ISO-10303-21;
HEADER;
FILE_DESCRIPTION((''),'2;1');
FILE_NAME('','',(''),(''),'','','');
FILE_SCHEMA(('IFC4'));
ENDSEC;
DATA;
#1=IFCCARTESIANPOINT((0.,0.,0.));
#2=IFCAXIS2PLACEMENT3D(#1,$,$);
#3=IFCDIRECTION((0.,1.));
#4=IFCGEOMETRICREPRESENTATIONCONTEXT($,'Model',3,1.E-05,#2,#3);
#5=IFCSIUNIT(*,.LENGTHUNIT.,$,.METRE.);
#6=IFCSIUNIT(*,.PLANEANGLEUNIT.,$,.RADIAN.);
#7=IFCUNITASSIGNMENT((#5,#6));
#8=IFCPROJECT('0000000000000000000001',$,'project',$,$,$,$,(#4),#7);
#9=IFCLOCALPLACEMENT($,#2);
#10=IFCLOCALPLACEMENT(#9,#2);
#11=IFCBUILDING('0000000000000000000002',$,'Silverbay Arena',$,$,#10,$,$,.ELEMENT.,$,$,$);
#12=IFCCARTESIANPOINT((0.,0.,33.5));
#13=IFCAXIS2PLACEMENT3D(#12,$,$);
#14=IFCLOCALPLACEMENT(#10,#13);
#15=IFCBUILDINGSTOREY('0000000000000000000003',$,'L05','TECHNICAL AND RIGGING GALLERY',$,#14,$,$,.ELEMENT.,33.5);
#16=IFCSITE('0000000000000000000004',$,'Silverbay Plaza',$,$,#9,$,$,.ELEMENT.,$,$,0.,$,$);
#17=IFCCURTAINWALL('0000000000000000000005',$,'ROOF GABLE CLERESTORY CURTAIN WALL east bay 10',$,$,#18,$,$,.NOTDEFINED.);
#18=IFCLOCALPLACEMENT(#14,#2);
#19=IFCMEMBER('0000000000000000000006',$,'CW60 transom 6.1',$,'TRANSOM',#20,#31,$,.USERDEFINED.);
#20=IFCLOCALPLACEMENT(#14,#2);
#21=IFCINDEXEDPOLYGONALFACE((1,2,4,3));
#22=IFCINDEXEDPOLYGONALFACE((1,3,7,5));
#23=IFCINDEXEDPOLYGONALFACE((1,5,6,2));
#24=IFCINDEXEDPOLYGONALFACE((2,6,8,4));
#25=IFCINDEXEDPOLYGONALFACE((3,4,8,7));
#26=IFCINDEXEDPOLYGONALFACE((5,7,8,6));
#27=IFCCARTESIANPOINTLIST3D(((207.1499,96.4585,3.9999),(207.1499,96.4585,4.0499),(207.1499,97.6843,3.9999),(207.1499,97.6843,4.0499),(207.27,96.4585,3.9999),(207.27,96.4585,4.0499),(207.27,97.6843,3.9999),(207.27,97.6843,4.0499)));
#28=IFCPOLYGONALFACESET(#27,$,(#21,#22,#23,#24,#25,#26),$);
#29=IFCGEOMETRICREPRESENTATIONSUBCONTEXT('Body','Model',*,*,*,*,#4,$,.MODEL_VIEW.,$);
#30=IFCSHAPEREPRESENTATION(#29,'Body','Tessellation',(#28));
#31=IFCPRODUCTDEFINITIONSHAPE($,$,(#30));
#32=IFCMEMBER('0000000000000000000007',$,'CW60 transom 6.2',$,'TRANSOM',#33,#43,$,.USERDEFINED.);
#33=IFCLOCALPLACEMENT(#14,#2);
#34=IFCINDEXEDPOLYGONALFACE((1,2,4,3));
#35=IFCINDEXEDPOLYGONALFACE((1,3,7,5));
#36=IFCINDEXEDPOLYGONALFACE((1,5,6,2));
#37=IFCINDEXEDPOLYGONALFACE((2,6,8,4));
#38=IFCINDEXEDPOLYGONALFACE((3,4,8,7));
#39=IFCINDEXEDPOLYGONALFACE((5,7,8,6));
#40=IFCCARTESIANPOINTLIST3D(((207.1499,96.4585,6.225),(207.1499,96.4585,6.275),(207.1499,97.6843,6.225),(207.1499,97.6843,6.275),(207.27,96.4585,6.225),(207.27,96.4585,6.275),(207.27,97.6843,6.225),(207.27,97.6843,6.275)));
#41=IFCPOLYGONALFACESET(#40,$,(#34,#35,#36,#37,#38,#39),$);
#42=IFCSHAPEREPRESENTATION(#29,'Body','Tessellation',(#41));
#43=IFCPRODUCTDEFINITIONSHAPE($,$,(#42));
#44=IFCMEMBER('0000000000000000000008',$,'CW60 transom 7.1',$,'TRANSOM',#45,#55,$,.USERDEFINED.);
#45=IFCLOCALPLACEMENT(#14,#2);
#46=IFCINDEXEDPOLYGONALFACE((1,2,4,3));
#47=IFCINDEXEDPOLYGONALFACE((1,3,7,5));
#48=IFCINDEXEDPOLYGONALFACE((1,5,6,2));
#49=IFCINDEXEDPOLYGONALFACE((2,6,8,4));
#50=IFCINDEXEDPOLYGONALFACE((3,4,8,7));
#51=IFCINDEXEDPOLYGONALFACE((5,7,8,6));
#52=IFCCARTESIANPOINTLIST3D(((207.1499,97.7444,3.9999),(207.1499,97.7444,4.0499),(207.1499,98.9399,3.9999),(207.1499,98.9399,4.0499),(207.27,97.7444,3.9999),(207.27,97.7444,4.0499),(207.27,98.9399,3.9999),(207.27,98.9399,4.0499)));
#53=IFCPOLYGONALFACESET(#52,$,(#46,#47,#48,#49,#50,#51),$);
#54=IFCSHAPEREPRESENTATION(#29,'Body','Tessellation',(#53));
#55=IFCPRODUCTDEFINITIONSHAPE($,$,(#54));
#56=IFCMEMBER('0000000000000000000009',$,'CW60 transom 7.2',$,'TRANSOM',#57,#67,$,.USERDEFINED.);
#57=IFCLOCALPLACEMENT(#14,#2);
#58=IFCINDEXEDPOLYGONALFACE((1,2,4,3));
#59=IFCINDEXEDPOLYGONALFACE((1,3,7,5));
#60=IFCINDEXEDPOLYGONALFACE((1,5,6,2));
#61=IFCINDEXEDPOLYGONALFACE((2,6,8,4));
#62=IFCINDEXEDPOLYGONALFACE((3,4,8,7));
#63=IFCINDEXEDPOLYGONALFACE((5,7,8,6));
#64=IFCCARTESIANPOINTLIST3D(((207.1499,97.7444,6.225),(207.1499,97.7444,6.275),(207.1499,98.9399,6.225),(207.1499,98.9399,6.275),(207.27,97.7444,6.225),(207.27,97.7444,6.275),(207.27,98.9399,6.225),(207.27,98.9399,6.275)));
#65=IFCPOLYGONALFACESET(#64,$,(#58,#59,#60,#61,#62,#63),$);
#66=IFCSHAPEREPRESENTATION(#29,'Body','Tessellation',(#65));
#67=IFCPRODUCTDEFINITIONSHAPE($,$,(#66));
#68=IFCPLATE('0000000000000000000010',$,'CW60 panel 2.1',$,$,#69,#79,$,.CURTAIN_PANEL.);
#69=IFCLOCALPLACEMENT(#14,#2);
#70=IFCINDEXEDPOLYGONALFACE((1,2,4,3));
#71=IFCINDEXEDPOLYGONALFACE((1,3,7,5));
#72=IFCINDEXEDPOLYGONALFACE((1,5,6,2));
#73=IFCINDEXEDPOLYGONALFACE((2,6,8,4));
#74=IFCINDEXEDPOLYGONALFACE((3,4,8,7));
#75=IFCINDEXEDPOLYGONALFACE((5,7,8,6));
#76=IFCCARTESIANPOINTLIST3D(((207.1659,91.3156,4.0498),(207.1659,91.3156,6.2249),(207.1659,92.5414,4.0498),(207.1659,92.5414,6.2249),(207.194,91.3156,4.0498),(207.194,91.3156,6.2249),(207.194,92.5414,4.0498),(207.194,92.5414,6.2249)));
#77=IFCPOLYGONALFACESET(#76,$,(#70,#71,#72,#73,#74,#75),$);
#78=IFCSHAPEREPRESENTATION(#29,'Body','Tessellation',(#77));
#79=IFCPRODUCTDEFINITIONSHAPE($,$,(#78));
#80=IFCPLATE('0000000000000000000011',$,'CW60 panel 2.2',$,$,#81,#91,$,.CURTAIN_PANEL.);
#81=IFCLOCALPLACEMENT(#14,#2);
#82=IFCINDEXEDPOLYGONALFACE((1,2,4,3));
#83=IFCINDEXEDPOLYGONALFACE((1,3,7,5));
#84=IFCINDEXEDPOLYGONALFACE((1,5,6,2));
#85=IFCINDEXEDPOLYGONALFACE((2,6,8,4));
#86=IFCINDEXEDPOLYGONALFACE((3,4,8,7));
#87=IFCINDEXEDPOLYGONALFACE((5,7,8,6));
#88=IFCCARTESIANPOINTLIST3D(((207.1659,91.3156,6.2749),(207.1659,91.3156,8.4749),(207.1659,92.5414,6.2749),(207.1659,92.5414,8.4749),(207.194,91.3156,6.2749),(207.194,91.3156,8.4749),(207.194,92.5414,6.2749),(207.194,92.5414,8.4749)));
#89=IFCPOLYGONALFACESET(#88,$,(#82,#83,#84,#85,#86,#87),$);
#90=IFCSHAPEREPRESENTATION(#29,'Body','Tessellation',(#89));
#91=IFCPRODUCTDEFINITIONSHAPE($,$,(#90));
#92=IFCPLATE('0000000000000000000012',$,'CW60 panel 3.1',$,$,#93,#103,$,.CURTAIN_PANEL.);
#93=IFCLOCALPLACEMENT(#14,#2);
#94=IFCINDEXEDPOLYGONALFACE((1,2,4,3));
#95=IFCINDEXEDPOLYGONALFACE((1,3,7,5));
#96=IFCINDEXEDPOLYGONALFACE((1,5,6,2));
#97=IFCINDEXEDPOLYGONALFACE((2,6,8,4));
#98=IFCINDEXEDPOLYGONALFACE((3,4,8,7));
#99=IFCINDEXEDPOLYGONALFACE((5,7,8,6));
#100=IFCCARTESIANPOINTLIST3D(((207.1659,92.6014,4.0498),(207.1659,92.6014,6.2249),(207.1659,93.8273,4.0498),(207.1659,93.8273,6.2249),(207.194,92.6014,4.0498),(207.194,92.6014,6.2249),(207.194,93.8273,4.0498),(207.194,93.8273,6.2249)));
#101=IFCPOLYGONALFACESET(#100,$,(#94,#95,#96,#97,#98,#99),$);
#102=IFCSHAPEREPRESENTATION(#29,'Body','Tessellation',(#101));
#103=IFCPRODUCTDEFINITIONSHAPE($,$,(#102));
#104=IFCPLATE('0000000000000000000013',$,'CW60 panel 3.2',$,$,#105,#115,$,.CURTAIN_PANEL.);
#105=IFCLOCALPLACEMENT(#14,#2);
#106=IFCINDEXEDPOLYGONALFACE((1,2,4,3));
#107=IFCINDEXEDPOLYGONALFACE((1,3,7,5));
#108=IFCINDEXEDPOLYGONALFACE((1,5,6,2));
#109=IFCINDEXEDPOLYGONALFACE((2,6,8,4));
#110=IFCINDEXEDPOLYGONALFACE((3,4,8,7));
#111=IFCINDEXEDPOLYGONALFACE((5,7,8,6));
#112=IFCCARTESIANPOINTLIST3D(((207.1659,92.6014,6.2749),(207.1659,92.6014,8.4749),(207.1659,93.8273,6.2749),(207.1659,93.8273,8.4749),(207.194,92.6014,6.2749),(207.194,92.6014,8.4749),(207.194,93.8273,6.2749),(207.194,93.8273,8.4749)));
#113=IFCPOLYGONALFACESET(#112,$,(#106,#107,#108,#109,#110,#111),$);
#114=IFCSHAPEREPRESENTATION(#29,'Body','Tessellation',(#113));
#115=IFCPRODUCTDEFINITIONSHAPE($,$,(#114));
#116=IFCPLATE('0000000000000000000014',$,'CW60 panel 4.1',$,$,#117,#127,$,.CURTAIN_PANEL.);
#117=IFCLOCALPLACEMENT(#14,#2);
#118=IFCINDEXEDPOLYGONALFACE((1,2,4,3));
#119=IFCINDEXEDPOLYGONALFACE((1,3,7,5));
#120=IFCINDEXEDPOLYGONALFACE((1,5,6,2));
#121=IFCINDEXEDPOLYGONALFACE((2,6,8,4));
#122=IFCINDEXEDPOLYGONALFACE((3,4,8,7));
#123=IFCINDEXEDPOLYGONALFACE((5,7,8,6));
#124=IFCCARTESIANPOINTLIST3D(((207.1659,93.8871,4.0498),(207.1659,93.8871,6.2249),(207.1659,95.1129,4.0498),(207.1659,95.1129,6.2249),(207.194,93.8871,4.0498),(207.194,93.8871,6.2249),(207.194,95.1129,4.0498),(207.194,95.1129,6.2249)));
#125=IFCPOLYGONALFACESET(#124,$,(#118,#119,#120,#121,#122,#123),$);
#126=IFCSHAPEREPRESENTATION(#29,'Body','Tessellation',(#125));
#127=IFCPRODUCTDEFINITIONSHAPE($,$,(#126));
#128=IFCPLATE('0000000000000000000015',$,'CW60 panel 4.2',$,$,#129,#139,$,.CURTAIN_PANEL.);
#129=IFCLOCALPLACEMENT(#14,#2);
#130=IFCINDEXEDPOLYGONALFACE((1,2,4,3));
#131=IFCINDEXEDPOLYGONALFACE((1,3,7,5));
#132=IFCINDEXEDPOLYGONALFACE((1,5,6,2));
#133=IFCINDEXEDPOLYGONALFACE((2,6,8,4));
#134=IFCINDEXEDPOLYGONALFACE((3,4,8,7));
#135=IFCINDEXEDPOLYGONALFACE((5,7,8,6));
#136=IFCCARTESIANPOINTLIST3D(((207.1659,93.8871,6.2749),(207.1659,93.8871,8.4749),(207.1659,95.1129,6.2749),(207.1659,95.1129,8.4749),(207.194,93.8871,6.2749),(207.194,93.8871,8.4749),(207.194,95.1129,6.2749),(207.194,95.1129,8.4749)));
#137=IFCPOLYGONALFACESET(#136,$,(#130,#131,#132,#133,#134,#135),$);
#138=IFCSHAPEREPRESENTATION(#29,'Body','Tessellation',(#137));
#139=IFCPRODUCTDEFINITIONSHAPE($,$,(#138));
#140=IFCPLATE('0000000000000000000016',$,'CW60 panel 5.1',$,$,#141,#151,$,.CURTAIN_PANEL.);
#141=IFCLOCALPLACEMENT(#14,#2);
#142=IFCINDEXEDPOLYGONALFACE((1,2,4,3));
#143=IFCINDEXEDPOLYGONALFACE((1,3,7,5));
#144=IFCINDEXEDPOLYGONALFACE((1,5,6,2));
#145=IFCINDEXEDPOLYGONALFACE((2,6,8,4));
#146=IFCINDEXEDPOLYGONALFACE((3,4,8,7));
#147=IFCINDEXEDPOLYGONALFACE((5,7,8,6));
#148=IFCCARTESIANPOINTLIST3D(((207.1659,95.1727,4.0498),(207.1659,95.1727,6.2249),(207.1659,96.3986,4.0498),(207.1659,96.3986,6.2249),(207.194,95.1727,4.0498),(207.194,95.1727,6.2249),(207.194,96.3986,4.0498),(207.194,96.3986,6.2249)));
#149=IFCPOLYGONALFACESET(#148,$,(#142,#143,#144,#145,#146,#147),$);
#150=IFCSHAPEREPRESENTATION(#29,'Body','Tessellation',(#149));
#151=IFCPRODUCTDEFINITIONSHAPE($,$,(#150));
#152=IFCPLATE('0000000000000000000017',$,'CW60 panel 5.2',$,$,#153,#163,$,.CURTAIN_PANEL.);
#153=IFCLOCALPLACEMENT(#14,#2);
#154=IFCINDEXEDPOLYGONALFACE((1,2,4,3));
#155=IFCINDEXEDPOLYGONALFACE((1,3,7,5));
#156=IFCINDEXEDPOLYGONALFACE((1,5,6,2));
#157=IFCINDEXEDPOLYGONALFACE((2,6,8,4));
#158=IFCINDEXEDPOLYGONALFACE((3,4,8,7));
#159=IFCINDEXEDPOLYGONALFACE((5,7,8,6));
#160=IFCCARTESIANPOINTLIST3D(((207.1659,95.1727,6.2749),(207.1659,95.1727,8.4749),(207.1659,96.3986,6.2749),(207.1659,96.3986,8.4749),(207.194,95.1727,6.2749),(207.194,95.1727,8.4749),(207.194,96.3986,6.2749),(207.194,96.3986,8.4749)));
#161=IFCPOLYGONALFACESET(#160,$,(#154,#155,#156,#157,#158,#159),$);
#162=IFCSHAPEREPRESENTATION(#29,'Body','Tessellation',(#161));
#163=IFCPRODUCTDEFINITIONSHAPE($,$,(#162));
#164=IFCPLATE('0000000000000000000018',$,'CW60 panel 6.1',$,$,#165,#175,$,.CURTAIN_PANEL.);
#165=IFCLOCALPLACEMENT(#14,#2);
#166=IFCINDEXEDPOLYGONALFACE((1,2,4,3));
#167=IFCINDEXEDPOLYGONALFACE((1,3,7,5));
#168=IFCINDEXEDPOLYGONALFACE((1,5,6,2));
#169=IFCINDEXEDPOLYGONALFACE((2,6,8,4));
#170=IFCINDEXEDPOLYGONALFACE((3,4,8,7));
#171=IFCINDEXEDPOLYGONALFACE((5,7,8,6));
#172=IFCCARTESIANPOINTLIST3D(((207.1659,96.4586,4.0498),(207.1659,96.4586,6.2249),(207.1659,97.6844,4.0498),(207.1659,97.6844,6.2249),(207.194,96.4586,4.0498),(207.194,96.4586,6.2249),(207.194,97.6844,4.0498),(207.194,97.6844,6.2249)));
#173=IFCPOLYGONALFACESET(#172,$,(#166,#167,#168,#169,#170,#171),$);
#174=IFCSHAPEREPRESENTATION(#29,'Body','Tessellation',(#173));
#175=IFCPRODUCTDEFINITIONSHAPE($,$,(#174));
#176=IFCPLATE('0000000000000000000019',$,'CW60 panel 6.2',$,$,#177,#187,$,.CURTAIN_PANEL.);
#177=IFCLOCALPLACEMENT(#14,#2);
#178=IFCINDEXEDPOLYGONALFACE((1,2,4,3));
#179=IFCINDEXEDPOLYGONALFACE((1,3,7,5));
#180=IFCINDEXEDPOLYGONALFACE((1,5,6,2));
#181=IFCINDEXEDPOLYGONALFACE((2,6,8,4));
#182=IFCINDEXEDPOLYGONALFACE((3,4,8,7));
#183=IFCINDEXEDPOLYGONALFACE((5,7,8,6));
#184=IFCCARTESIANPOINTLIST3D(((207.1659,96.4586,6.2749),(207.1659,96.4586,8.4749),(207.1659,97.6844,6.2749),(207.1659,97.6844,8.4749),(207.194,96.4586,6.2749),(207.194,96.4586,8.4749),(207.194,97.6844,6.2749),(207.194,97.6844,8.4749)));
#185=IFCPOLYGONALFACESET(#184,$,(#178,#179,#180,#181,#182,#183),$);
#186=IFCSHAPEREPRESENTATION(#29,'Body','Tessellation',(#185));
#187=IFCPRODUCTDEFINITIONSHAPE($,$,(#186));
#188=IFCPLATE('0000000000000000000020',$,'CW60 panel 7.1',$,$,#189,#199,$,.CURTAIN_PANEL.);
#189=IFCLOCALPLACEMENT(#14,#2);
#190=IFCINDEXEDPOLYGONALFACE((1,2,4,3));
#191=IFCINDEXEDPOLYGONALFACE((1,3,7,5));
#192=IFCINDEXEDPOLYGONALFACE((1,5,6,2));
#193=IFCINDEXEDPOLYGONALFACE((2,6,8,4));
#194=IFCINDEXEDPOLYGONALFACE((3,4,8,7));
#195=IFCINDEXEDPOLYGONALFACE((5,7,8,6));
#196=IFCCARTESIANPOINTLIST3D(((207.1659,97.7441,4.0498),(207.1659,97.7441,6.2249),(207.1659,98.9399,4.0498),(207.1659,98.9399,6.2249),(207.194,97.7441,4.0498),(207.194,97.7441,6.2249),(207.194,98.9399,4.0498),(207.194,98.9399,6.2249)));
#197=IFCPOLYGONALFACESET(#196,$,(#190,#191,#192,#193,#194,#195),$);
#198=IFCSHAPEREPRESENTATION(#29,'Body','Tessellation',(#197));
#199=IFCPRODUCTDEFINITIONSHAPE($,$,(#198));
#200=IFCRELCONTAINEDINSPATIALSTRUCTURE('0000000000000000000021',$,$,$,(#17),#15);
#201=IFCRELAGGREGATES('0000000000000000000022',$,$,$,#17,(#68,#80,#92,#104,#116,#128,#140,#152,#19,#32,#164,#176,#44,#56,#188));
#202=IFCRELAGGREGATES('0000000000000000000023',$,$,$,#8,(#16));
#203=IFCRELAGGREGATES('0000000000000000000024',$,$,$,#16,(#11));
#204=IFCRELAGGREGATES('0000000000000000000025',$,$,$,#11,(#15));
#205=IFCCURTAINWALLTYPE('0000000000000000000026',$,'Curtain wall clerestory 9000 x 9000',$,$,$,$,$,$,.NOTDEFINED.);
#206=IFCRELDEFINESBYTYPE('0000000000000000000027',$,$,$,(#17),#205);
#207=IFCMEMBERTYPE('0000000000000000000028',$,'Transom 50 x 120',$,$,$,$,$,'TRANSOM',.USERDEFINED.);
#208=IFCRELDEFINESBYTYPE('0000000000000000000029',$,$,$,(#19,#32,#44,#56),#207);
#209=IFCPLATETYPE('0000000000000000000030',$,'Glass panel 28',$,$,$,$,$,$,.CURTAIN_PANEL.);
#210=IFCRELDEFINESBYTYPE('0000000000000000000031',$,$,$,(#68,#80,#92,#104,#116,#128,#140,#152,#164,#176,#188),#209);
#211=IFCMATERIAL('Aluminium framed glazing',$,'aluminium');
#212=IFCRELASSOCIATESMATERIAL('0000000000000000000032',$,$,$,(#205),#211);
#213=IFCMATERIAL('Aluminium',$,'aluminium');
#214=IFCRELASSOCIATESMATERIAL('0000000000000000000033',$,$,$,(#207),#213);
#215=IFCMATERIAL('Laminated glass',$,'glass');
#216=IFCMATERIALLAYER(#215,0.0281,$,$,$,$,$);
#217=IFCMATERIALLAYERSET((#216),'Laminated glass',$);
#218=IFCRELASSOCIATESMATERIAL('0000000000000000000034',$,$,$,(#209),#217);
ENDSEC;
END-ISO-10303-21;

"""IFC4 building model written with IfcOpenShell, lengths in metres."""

from ifc_helpers import new_model, si_unit, direction, frame, origin, origin_2d, place, context, subcontext, project, spatial, rectangle, extrude, material, layer, layer_set, material_profile, profile_set, type_object, element, aggregate, save


model = new_model("IFC4")

# Units and contexts
model_context = context("Model", 3, precision=1e-05, world=origin(), true_north=direction((0.0, 1.0)))
body_context = subcontext(model_context, "Body", "Model", "MODEL_VIEW")
ifc_project = project(units=[si_unit("LENGTHUNIT", "METRE"), si_unit("PLANEANGLEUNIT", "RADIAN")], contexts=[model_context])

# Site, building, storey
site_placement = place(None, origin())
site = spatial("IfcSite", under=ifc_project, at=site_placement, Name="Silverbay Plaza", CompositionType="ELEMENT", RefElevation=0.0)
building_placement = place(site_placement, origin())
building = spatial("IfcBuilding", under=site, at=building_placement, Name="Silverbay Arena", CompositionType="ELEMENT")
storey_placement = place(building_placement, frame((0.0, 0.0, 33.5)))
storey = spatial("IfcBuildingStorey", under=building, at=storey_placement, Name="L05", Description="TECHNICAL AND RIGGING GALLERY", CompositionType="ELEMENT", Elevation=33.5)

# Curtain wall, members, plates
ifc_material_1 = material(Name="Aluminium framed glazing", Category="aluminium")
curtain_wall_type = type_object("IfcCurtainWallType", Name="Curtain wall clerestory 9000 x 9000", PredefinedType="NOTDEFINED", material=ifc_material_1)
curtain_wall_placement = place(storey_placement, origin())
curtain_wall = element("IfcCurtainWall", 1, at=curtain_wall_placement, inside=storey, type_object=curtain_wall_type, Name="ROOF GABLE CLERESTORY CURTAIN WALL east bay 10", PredefinedType="NOTDEFINED")
ifc_material_2 = material(Name="Aluminium", Category="aluminium")
ifc_material_profile_1 = material_profile(ifc_material_2, rectangle(XDim=0.1201, YDim=0.05, at=origin_2d()), Name="Transom 50 x 120")
ifc_profile_set_1 = profile_set([ifc_material_profile_1], Name="Aluminium")
member_type_1 = type_object("IfcMemberType", Name="Transom 50 x 120", ElementType="TRANSOM", PredefinedType="USERDEFINED", material=ifc_profile_set_1)
member_1_placement = place(storey_placement, frame((207.21, 96.4585, 4.0249), z_axis=(0.0, 1.0, 0.0), x_axis=(-1.0, 0.0, 0.0)))
member_1 = element("IfcMember", 2, at=member_1_placement, type_object=member_type_1, Name="CW60 transom 6.1", ObjectType="TRANSOM", PredefinedType="USERDEFINED", context=body_context, shape_type="SweptSolid", body=[
    extrude(rectangle(XDim=0.1201, YDim=0.05, at=origin_2d()), origin(), (0.0, 0.0, 1.0), 1.2258),
])
member_2_placement = place(storey_placement, frame((207.21, 96.4585, 6.25), z_axis=(0.0, 1.0, 0.0), x_axis=(-1.0, 0.0, 0.0)))
member_2 = element("IfcMember", 3, at=member_2_placement, type_object=member_type_1, Name="CW60 transom 6.2", ObjectType="TRANSOM", PredefinedType="USERDEFINED", context=body_context, shape_type="SweptSolid", body=[
    extrude(rectangle(XDim=0.1201, YDim=0.05, at=origin_2d()), origin(), (0.0, 0.0, 1.0), 1.2258),
])
member_3_placement = place(storey_placement, frame((207.21, 97.7444, 4.0249), z_axis=(0.0, 1.0, 0.0), x_axis=(-1.0, 0.0, 0.0)))
member_3 = element("IfcMember", 4, at=member_3_placement, type_object=member_type_1, Name="CW60 transom 7.1", ObjectType="TRANSOM", PredefinedType="USERDEFINED", context=body_context, shape_type="SweptSolid", body=[
    extrude(rectangle(XDim=0.1201, YDim=0.05, at=origin_2d()), origin(), (0.0, 0.0, 1.0), 1.1956),
])
member_4_placement = place(storey_placement, frame((207.21, 97.7444, 6.25), z_axis=(0.0, 1.0, 0.0), x_axis=(-1.0, 0.0, 0.0)))
member_4 = element("IfcMember", 5, at=member_4_placement, type_object=member_type_1, Name="CW60 transom 7.2", ObjectType="TRANSOM", PredefinedType="USERDEFINED", context=body_context, shape_type="SweptSolid", body=[
    extrude(rectangle(XDim=0.1201, YDim=0.05, at=origin_2d()), origin(), (0.0, 0.0, 1.0), 1.1956),
])
ifc_material_3 = material(Name="Laminated glass", Category="glass")
ifc_layer_1 = layer(ifc_material_3, 0.0281)
ifc_layer_set_1 = layer_set([ifc_layer_1], Name="Laminated glass")
plate_type = type_object("IfcPlateType", Name="Glass panel 28", PredefinedType="CURTAIN_PANEL", material=ifc_layer_set_1)
plate_1_placement = place(storey_placement, frame((207.1799, 91.9285, 4.0498), z_axis=(0.0, 0.0, 1.0), x_axis=(0.0, 1.0, 0.0)))
plate_1 = element("IfcPlate", 6, at=plate_1_placement, type_object=plate_type, Name="CW60 panel 2.1", PredefinedType="CURTAIN_PANEL", context=body_context, shape_type="SweptSolid", body=[
    extrude(rectangle(XDim=1.2258, YDim=0.0281, at=origin_2d()), origin(), (0.0, 0.0, 1.0), 2.175),
])
plate_2_placement = place(storey_placement, frame((207.1799, 91.9285, 6.2749), z_axis=(0.0, 0.0, 1.0), x_axis=(0.0, 1.0, 0.0)))
plate_2 = element("IfcPlate", 7, at=plate_2_placement, type_object=plate_type, Name="CW60 panel 2.2", PredefinedType="CURTAIN_PANEL", context=body_context, shape_type="SweptSolid", body=[
    extrude(rectangle(XDim=1.2258, YDim=0.0281, at=origin_2d()), origin(), (0.0, 0.0, 1.0), 2.2),
])
plate_3_placement = place(storey_placement, frame((207.1799, 93.2144, 4.0498), z_axis=(0.0, 0.0, 1.0), x_axis=(0.0, 1.0, 0.0)))
plate_3 = element("IfcPlate", 8, at=plate_3_placement, type_object=plate_type, Name="CW60 panel 3.1", PredefinedType="CURTAIN_PANEL", context=body_context, shape_type="SweptSolid", body=[
    extrude(rectangle(XDim=1.2258, YDim=0.0281, at=origin_2d()), origin(), (0.0, 0.0, 1.0), 2.175),
])
plate_4_placement = place(storey_placement, frame((207.1799, 93.2144, 6.2749), z_axis=(0.0, 0.0, 1.0), x_axis=(0.0, 1.0, 0.0)))
plate_4 = element("IfcPlate", 9, at=plate_4_placement, type_object=plate_type, Name="CW60 panel 3.2", PredefinedType="CURTAIN_PANEL", context=body_context, shape_type="SweptSolid", body=[
    extrude(rectangle(XDim=1.2258, YDim=0.0281, at=origin_2d()), origin(), (0.0, 0.0, 1.0), 2.2),
])
plate_5_placement = place(storey_placement, frame((207.1799, 94.5, 4.0498), z_axis=(0.0, 0.0, 1.0), x_axis=(0.0, 1.0, 0.0)))
plate_5 = element("IfcPlate", 10, at=plate_5_placement, type_object=plate_type, Name="CW60 panel 4.1", PredefinedType="CURTAIN_PANEL", context=body_context, shape_type="SweptSolid", body=[
    extrude(rectangle(XDim=1.2258, YDim=0.0281, at=origin_2d()), origin(), (0.0, 0.0, 1.0), 2.175),
])
plate_6_placement = place(storey_placement, frame((207.1799, 94.5, 6.2749), z_axis=(0.0, 0.0, 1.0), x_axis=(0.0, 1.0, 0.0)))
plate_6 = element("IfcPlate", 11, at=plate_6_placement, type_object=plate_type, Name="CW60 panel 4.2", PredefinedType="CURTAIN_PANEL", context=body_context, shape_type="SweptSolid", body=[
    extrude(rectangle(XDim=1.2258, YDim=0.0281, at=origin_2d()), origin(), (0.0, 0.0, 1.0), 2.2),
])
plate_7_placement = place(storey_placement, frame((207.1799, 95.7856, 4.0498), z_axis=(0.0, 0.0, 1.0), x_axis=(0.0, 1.0, 0.0)))
plate_7 = element("IfcPlate", 12, at=plate_7_placement, type_object=plate_type, Name="CW60 panel 5.1", PredefinedType="CURTAIN_PANEL", context=body_context, shape_type="SweptSolid", body=[
    extrude(rectangle(XDim=1.2258, YDim=0.0281, at=origin_2d()), origin(), (0.0, 0.0, 1.0), 2.175),
])
plate_8_placement = place(storey_placement, frame((207.1799, 95.7856, 6.2749), z_axis=(0.0, 0.0, 1.0), x_axis=(0.0, 1.0, 0.0)))
plate_8 = element("IfcPlate", 13, at=plate_8_placement, type_object=plate_type, Name="CW60 panel 5.2", PredefinedType="CURTAIN_PANEL", context=body_context, shape_type="SweptSolid", body=[
    extrude(rectangle(XDim=1.2258, YDim=0.0281, at=origin_2d()), origin(), (0.0, 0.0, 1.0), 2.2),
])
plate_9_placement = place(storey_placement, frame((207.1799, 97.0715, 4.0498), z_axis=(0.0, 0.0, 1.0), x_axis=(0.0, 1.0, 0.0)))
plate_9 = element("IfcPlate", 14, at=plate_9_placement, type_object=plate_type, Name="CW60 panel 6.1", PredefinedType="CURTAIN_PANEL", context=body_context, shape_type="SweptSolid", body=[
    extrude(rectangle(XDim=1.2258, YDim=0.0281, at=origin_2d()), origin(), (0.0, 0.0, 1.0), 2.175),
])
plate_10_placement = place(storey_placement, frame((207.1799, 97.0715, 6.2749), z_axis=(0.0, 0.0, 1.0), x_axis=(0.0, 1.0, 0.0)))
plate_10 = element("IfcPlate", 15, at=plate_10_placement, type_object=plate_type, Name="CW60 panel 6.2", PredefinedType="CURTAIN_PANEL", context=body_context, shape_type="SweptSolid", body=[
    extrude(rectangle(XDim=1.2258, YDim=0.0281, at=origin_2d()), origin(), (0.0, 0.0, 1.0), 2.2),
])
plate_11_placement = place(storey_placement, frame((207.1799, 98.342, 4.0498), z_axis=(0.0, 0.0, 1.0), x_axis=(0.0, 1.0, 0.0)))
plate_11 = element("IfcPlate", 16, at=plate_11_placement, type_object=plate_type, Name="CW60 panel 7.1", PredefinedType="CURTAIN_PANEL", context=body_context, shape_type="SweptSolid", body=[
    extrude(rectangle(XDim=1.1958, YDim=0.0281, at=origin_2d()), origin(), (0.0, 0.0, 1.0), 2.175),
])
aggregate(curtain_wall, [plate_1, plate_2, plate_3, plate_4, plate_5, plate_6, plate_7, plate_8, member_1, member_2, plate_9, plate_10, member_3, member_4, plate_11])

save(model, "model.ifc")
